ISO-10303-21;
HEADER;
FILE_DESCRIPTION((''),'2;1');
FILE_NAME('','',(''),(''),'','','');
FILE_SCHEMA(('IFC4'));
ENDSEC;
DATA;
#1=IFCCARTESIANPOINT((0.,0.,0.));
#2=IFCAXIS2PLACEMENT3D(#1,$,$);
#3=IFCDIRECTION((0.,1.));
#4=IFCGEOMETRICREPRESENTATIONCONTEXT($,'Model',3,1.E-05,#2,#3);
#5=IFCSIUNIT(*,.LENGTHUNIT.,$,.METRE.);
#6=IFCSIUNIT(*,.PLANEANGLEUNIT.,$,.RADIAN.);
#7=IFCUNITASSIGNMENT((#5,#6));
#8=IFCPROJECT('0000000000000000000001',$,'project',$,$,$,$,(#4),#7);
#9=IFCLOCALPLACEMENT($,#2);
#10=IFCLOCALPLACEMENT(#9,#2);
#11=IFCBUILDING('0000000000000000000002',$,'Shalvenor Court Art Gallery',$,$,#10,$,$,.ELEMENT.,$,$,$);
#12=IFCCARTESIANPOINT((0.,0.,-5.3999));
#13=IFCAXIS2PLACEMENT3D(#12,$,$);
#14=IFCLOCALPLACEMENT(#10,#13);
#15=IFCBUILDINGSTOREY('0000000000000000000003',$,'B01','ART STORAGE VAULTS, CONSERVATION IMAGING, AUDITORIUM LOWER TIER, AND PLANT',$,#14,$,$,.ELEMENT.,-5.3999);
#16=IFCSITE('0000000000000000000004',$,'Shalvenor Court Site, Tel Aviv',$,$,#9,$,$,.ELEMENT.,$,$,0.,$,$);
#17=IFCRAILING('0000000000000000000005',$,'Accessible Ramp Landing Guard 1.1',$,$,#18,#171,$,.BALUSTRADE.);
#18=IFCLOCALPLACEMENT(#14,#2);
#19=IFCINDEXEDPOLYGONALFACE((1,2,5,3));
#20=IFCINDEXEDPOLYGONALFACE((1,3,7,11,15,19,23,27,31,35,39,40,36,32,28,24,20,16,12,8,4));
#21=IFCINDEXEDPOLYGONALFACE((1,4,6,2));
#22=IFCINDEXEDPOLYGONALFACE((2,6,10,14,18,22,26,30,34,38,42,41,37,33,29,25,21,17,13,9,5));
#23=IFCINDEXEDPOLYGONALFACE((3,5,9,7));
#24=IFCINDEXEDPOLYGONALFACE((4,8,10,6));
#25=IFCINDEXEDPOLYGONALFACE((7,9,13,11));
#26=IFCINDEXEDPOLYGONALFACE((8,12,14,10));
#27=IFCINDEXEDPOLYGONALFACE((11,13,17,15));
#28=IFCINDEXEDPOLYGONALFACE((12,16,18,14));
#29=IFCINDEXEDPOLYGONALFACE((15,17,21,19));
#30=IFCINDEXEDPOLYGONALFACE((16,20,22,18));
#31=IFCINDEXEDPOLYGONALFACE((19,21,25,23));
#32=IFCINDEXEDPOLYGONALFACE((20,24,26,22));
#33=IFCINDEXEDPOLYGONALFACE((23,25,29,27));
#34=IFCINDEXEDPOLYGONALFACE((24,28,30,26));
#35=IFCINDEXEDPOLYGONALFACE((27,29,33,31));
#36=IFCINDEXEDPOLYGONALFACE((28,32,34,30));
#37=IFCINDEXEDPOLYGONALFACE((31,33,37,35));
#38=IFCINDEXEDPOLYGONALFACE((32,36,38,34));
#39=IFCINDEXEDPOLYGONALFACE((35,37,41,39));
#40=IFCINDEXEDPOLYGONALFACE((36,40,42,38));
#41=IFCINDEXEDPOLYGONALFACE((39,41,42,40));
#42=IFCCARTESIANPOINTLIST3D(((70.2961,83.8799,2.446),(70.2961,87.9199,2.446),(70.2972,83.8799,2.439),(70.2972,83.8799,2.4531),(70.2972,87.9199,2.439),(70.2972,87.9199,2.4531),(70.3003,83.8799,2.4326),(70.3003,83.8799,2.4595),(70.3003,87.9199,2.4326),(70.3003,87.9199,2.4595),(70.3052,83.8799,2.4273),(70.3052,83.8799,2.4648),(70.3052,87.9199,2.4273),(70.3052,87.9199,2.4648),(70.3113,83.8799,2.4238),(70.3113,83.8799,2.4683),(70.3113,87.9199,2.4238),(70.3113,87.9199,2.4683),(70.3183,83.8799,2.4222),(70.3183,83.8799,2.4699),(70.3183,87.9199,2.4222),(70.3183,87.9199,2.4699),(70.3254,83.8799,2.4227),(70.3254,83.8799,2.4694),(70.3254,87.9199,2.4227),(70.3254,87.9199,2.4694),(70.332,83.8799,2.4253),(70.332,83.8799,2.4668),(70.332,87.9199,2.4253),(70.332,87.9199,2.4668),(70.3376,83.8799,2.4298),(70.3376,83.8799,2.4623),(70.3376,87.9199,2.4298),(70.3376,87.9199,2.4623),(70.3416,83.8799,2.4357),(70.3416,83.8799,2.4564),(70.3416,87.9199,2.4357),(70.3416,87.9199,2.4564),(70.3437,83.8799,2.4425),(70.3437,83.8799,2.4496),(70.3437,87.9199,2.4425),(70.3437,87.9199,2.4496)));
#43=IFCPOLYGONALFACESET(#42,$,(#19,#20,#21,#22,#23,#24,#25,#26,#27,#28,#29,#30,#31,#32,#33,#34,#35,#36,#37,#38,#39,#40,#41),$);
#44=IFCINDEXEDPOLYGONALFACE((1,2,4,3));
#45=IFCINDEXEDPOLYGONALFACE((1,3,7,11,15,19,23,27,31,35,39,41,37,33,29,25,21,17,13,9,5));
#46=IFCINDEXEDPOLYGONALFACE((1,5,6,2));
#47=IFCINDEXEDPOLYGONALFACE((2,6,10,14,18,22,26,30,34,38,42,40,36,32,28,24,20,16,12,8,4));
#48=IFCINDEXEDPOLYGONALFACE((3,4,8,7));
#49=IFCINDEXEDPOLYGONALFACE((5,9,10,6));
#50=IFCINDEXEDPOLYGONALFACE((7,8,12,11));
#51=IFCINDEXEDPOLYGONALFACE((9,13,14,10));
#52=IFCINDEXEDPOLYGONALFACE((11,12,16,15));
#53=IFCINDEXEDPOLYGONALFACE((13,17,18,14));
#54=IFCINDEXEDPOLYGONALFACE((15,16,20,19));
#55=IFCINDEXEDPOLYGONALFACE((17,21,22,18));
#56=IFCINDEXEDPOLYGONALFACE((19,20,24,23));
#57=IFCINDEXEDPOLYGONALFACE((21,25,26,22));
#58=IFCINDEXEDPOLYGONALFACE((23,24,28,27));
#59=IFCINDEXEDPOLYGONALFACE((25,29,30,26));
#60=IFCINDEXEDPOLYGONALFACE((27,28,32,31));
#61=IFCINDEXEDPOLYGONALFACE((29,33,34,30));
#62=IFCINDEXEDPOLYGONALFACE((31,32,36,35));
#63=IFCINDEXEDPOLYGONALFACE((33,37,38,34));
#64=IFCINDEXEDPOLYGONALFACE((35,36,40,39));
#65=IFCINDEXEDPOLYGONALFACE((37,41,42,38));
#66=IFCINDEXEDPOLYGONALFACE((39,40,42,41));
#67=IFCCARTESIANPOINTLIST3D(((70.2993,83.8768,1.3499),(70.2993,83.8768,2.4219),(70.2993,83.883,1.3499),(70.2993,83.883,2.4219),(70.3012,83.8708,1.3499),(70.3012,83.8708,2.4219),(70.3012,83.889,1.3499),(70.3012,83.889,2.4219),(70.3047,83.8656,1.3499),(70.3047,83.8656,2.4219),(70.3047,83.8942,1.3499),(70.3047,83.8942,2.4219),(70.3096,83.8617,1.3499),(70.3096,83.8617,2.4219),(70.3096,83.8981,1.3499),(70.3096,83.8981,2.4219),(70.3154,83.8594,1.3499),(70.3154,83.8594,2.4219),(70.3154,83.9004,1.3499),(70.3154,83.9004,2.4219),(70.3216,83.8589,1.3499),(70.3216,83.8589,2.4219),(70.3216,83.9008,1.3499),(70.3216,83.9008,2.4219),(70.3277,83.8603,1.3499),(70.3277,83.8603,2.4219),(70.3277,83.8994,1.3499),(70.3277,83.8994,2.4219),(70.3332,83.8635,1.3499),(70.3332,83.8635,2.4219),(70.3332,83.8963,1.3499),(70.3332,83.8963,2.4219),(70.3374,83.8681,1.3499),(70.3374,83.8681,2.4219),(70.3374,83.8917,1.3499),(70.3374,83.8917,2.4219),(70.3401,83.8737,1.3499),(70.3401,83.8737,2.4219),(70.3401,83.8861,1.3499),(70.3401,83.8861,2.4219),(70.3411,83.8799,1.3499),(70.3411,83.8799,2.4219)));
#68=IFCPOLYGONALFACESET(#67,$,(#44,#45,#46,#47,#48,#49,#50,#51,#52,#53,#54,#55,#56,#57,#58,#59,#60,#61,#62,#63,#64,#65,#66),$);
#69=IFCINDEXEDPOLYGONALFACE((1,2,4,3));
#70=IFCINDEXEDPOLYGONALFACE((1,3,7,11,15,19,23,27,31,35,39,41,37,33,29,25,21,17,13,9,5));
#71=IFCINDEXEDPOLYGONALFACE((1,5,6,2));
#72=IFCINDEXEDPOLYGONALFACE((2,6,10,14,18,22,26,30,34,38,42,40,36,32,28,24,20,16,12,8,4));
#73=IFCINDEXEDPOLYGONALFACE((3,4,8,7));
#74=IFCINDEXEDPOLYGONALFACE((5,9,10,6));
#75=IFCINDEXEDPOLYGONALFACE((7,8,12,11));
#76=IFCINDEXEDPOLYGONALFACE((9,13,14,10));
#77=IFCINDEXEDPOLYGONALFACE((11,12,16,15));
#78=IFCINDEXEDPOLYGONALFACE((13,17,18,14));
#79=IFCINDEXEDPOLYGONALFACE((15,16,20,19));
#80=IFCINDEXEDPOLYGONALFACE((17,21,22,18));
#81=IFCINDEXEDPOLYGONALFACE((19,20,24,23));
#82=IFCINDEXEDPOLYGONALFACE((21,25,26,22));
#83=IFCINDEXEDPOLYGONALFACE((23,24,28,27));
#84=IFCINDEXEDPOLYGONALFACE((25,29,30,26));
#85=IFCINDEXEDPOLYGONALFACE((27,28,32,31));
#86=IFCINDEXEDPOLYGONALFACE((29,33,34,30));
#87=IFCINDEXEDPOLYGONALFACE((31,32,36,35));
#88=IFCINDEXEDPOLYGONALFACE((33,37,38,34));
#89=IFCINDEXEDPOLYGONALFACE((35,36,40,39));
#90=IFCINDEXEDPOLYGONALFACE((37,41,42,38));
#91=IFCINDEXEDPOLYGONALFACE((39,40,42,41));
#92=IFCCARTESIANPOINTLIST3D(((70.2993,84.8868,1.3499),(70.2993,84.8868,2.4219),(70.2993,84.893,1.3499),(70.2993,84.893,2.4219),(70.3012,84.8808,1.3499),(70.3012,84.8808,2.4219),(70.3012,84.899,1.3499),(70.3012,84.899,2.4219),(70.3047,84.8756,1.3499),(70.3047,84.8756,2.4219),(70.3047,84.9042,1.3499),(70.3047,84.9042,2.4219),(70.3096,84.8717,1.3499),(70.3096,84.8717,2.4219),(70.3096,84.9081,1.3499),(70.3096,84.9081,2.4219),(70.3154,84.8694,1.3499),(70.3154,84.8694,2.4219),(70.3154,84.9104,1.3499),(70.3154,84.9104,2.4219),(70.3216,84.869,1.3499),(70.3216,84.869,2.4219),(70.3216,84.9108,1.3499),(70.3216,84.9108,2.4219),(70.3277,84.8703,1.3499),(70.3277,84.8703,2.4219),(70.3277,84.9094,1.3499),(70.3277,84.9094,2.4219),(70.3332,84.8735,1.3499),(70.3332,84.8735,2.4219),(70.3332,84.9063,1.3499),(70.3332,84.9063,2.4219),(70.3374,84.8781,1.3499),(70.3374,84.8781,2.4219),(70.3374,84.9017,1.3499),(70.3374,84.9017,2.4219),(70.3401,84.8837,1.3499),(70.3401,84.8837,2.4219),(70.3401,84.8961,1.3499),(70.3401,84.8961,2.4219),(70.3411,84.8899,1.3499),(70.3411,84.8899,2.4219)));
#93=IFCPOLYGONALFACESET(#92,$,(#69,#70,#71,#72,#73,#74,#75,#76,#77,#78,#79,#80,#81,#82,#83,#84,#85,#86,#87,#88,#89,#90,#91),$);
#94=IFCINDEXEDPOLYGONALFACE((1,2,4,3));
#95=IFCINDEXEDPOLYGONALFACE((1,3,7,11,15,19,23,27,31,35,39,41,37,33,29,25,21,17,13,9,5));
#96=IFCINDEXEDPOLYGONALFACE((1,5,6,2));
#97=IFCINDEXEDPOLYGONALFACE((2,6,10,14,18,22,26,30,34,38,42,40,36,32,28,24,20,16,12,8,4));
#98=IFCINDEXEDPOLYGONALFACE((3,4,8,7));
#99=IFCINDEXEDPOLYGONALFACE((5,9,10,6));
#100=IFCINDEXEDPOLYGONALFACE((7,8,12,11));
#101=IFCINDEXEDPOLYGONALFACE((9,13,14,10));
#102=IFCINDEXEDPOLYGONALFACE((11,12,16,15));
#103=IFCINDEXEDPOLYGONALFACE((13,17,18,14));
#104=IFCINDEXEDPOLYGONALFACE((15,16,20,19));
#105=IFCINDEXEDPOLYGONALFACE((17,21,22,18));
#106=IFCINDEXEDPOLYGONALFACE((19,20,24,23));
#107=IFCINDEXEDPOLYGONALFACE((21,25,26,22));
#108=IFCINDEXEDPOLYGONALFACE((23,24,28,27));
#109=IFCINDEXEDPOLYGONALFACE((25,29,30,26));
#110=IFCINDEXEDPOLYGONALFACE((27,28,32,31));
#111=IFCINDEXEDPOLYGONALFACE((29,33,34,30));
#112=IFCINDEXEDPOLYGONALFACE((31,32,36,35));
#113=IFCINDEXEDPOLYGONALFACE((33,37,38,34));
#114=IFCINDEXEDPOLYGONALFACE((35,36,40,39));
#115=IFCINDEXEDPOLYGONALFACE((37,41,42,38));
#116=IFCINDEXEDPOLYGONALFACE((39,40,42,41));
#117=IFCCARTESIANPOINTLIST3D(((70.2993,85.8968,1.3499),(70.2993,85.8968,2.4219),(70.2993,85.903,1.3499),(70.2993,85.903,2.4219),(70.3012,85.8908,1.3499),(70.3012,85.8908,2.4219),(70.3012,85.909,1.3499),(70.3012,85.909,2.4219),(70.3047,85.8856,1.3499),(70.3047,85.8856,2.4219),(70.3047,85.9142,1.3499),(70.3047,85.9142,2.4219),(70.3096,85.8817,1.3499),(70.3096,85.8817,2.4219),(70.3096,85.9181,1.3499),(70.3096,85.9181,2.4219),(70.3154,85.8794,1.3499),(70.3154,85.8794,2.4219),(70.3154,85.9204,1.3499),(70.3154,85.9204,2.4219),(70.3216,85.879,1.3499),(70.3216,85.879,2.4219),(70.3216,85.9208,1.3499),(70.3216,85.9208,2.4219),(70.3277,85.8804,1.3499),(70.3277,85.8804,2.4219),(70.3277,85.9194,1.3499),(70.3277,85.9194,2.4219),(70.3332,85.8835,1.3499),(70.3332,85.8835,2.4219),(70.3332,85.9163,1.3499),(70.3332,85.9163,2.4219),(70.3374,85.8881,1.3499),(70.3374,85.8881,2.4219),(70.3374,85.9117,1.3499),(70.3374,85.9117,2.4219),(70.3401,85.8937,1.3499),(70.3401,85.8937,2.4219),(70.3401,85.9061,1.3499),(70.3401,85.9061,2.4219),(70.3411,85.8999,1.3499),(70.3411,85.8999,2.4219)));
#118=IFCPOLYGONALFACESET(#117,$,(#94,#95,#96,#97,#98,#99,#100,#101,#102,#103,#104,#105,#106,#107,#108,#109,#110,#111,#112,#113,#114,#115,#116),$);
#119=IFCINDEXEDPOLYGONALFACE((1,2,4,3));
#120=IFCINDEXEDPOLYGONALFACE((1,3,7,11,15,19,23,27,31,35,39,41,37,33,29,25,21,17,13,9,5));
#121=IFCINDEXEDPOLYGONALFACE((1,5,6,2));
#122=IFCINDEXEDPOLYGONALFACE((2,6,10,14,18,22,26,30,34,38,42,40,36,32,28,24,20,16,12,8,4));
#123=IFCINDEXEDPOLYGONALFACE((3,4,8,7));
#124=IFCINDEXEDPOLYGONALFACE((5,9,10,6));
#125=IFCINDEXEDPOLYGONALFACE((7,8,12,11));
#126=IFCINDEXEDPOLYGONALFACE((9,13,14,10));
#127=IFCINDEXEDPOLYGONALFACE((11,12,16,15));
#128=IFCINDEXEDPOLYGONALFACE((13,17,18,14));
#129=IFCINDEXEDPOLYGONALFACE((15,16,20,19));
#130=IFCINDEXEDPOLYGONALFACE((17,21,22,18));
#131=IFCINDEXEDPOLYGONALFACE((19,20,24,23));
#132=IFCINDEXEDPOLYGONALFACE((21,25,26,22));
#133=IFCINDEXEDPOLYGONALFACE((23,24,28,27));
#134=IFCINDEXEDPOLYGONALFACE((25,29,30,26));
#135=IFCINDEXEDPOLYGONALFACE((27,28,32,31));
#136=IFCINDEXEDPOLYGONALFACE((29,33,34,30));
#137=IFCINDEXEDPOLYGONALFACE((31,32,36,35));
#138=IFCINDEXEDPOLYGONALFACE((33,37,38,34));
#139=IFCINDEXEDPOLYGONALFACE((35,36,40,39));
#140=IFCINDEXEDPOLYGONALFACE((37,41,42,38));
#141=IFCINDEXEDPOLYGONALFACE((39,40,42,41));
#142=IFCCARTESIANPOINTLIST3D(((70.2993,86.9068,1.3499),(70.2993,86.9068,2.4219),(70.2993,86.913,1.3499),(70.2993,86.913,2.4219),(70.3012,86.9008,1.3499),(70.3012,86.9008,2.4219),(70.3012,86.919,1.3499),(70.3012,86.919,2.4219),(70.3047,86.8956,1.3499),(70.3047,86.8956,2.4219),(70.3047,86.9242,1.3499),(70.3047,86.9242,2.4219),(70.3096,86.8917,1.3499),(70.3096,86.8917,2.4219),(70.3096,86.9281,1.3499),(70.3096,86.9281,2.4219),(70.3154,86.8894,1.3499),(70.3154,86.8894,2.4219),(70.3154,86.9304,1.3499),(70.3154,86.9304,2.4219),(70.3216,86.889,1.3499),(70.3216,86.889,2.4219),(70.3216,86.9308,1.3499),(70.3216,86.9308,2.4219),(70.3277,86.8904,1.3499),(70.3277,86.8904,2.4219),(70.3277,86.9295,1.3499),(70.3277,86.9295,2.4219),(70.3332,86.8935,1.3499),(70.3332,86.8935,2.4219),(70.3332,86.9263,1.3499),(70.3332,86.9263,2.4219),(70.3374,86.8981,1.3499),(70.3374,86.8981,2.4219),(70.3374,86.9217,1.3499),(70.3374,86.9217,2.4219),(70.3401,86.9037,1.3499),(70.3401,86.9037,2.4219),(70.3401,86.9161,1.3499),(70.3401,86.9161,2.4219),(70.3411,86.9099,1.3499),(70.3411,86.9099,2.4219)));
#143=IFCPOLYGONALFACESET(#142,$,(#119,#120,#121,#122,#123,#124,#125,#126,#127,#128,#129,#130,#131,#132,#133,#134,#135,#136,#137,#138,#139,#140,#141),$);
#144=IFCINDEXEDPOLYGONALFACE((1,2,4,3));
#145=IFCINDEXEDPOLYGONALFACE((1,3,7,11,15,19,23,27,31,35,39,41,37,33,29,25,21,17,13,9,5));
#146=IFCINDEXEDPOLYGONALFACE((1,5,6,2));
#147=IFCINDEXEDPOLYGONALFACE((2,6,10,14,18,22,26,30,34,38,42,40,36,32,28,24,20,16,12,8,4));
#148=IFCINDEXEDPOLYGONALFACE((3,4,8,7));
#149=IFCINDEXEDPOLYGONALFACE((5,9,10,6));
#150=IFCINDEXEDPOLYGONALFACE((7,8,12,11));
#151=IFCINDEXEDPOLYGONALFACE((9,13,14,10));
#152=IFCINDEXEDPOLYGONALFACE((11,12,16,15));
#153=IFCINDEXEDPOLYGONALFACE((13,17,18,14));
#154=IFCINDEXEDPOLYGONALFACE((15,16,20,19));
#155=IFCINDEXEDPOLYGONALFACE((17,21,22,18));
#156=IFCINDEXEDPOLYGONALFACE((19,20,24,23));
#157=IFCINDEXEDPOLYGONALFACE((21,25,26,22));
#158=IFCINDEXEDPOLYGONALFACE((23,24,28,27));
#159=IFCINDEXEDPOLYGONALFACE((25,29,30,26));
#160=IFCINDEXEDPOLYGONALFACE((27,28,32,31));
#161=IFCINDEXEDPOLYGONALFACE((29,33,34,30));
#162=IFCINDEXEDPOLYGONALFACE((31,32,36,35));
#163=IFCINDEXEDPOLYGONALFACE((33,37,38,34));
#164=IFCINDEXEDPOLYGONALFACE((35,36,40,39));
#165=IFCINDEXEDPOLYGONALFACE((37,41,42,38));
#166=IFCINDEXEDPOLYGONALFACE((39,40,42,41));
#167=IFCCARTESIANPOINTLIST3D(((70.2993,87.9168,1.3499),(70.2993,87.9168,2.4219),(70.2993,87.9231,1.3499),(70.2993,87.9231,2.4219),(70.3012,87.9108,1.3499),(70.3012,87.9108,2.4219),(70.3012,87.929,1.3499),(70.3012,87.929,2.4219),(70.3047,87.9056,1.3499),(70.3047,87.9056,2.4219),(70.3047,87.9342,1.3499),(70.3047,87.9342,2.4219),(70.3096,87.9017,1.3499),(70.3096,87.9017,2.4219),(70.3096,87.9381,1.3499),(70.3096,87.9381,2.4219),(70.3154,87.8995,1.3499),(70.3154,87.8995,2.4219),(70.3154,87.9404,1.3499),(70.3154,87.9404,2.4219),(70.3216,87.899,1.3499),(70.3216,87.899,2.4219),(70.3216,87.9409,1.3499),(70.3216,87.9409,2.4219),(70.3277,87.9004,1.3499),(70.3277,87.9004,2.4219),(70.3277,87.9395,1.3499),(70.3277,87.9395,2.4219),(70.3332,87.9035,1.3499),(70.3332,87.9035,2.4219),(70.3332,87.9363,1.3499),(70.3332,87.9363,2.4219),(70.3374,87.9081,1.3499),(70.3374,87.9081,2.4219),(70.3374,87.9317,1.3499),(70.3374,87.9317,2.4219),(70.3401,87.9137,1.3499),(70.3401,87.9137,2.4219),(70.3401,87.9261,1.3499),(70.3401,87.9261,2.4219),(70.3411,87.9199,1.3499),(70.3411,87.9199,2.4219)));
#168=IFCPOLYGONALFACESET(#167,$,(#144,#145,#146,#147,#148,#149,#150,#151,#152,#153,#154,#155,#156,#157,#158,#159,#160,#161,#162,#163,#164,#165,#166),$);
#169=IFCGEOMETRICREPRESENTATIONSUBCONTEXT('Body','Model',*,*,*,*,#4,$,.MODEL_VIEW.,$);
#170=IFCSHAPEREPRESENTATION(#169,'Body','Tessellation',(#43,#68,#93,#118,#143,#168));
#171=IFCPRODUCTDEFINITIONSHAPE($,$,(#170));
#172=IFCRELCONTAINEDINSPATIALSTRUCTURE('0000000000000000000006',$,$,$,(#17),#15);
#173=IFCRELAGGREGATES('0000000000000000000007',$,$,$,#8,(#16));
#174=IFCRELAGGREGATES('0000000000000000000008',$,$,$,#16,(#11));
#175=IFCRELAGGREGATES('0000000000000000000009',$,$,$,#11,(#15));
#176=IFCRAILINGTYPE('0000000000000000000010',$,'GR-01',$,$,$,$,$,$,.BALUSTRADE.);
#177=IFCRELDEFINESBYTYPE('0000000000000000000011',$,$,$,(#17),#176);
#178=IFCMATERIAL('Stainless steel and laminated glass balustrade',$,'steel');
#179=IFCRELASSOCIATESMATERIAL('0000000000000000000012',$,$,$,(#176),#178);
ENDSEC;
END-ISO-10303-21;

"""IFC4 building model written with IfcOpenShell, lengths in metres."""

from ifc_helpers import new_model, si_unit, direction, frame, origin, origin_2d, place, context, subcontext, project, spatial, circle, extrude, material, type_object, element, save


model = new_model("IFC4")

# Units and contexts
model_context = context("Model", 3, precision=1e-05, world=origin(), true_north=direction((0.0, 1.0)))
body_context = subcontext(model_context, "Body", "Model", "MODEL_VIEW")
ifc_project = project(units=[si_unit("LENGTHUNIT", "METRE"), si_unit("PLANEANGLEUNIT", "RADIAN")], contexts=[model_context])

# Site, building, storey
site_placement = place(None, origin())
site = spatial("IfcSite", under=ifc_project, at=site_placement, Name="Shalvenor Court Site, Tel Aviv", CompositionType="ELEMENT", RefElevation=0.0)
building_placement = place(site_placement, origin())
building = spatial("IfcBuilding", under=site, at=building_placement, Name="Shalvenor Court Art Gallery", CompositionType="ELEMENT")
storey_placement = place(building_placement, frame((0.0, 0.0, -5.3999)))
storey = spatial("IfcBuildingStorey", under=building, at=storey_placement, Name="B01", Description="ART STORAGE VAULTS, CONSERVATION IMAGING, AUDITORIUM LOWER TIER, AND PLANT", CompositionType="ELEMENT", Elevation=-5.3999)

# Railing
ifc_material_1 = material(Name="Stainless steel and laminated glass balustrade", Category="steel")
railing_type_1 = type_object("IfcRailingType", Name="GR-01", PredefinedType="BALUSTRADE", material=ifc_material_1)
railing_1_placement = place(storey_placement, frame((70.3201, 83.8799, 1.3499)))
element("IfcRailing", 1, at=railing_1_placement, inside=storey, type_object=railing_type_1, Name="Accessible Ramp Landing Guard 1.1", PredefinedType="BALUSTRADE", context=body_context, shape_type="SweptSolid", body=[
    extrude(circle(Radius=0.0239, at=origin_2d()), frame((0.0, 0.0, 1.0962), z_axis=(0.0, 1.0, 0.0), x_axis=(-1.0, 0.0, 0.0)), (0.0, 0.0, 1.0), 4.04),
    extrude(circle(Radius=0.021, at=origin_2d()), origin(), (0.0, 0.0, 1.0), 1.072),
    extrude(circle(Radius=0.021, at=origin_2d()), frame((0.0, 1.01, 0.0)), (0.0, 0.0, 1.0), 1.072),
    extrude(circle(Radius=0.021, at=origin_2d()), frame((0.0, 2.02, 0.0)), (0.0, 0.0, 1.0), 1.072),
    extrude(circle(Radius=0.021, at=origin_2d()), frame((0.0, 3.03, 0.0)), (0.0, 0.0, 1.0), 1.072),
    extrude(circle(Radius=0.021, at=origin_2d()), frame((0.0, 4.04, 0.0)), (0.0, 0.0, 1.0), 1.072),
])

save(model, "model.ifc")
